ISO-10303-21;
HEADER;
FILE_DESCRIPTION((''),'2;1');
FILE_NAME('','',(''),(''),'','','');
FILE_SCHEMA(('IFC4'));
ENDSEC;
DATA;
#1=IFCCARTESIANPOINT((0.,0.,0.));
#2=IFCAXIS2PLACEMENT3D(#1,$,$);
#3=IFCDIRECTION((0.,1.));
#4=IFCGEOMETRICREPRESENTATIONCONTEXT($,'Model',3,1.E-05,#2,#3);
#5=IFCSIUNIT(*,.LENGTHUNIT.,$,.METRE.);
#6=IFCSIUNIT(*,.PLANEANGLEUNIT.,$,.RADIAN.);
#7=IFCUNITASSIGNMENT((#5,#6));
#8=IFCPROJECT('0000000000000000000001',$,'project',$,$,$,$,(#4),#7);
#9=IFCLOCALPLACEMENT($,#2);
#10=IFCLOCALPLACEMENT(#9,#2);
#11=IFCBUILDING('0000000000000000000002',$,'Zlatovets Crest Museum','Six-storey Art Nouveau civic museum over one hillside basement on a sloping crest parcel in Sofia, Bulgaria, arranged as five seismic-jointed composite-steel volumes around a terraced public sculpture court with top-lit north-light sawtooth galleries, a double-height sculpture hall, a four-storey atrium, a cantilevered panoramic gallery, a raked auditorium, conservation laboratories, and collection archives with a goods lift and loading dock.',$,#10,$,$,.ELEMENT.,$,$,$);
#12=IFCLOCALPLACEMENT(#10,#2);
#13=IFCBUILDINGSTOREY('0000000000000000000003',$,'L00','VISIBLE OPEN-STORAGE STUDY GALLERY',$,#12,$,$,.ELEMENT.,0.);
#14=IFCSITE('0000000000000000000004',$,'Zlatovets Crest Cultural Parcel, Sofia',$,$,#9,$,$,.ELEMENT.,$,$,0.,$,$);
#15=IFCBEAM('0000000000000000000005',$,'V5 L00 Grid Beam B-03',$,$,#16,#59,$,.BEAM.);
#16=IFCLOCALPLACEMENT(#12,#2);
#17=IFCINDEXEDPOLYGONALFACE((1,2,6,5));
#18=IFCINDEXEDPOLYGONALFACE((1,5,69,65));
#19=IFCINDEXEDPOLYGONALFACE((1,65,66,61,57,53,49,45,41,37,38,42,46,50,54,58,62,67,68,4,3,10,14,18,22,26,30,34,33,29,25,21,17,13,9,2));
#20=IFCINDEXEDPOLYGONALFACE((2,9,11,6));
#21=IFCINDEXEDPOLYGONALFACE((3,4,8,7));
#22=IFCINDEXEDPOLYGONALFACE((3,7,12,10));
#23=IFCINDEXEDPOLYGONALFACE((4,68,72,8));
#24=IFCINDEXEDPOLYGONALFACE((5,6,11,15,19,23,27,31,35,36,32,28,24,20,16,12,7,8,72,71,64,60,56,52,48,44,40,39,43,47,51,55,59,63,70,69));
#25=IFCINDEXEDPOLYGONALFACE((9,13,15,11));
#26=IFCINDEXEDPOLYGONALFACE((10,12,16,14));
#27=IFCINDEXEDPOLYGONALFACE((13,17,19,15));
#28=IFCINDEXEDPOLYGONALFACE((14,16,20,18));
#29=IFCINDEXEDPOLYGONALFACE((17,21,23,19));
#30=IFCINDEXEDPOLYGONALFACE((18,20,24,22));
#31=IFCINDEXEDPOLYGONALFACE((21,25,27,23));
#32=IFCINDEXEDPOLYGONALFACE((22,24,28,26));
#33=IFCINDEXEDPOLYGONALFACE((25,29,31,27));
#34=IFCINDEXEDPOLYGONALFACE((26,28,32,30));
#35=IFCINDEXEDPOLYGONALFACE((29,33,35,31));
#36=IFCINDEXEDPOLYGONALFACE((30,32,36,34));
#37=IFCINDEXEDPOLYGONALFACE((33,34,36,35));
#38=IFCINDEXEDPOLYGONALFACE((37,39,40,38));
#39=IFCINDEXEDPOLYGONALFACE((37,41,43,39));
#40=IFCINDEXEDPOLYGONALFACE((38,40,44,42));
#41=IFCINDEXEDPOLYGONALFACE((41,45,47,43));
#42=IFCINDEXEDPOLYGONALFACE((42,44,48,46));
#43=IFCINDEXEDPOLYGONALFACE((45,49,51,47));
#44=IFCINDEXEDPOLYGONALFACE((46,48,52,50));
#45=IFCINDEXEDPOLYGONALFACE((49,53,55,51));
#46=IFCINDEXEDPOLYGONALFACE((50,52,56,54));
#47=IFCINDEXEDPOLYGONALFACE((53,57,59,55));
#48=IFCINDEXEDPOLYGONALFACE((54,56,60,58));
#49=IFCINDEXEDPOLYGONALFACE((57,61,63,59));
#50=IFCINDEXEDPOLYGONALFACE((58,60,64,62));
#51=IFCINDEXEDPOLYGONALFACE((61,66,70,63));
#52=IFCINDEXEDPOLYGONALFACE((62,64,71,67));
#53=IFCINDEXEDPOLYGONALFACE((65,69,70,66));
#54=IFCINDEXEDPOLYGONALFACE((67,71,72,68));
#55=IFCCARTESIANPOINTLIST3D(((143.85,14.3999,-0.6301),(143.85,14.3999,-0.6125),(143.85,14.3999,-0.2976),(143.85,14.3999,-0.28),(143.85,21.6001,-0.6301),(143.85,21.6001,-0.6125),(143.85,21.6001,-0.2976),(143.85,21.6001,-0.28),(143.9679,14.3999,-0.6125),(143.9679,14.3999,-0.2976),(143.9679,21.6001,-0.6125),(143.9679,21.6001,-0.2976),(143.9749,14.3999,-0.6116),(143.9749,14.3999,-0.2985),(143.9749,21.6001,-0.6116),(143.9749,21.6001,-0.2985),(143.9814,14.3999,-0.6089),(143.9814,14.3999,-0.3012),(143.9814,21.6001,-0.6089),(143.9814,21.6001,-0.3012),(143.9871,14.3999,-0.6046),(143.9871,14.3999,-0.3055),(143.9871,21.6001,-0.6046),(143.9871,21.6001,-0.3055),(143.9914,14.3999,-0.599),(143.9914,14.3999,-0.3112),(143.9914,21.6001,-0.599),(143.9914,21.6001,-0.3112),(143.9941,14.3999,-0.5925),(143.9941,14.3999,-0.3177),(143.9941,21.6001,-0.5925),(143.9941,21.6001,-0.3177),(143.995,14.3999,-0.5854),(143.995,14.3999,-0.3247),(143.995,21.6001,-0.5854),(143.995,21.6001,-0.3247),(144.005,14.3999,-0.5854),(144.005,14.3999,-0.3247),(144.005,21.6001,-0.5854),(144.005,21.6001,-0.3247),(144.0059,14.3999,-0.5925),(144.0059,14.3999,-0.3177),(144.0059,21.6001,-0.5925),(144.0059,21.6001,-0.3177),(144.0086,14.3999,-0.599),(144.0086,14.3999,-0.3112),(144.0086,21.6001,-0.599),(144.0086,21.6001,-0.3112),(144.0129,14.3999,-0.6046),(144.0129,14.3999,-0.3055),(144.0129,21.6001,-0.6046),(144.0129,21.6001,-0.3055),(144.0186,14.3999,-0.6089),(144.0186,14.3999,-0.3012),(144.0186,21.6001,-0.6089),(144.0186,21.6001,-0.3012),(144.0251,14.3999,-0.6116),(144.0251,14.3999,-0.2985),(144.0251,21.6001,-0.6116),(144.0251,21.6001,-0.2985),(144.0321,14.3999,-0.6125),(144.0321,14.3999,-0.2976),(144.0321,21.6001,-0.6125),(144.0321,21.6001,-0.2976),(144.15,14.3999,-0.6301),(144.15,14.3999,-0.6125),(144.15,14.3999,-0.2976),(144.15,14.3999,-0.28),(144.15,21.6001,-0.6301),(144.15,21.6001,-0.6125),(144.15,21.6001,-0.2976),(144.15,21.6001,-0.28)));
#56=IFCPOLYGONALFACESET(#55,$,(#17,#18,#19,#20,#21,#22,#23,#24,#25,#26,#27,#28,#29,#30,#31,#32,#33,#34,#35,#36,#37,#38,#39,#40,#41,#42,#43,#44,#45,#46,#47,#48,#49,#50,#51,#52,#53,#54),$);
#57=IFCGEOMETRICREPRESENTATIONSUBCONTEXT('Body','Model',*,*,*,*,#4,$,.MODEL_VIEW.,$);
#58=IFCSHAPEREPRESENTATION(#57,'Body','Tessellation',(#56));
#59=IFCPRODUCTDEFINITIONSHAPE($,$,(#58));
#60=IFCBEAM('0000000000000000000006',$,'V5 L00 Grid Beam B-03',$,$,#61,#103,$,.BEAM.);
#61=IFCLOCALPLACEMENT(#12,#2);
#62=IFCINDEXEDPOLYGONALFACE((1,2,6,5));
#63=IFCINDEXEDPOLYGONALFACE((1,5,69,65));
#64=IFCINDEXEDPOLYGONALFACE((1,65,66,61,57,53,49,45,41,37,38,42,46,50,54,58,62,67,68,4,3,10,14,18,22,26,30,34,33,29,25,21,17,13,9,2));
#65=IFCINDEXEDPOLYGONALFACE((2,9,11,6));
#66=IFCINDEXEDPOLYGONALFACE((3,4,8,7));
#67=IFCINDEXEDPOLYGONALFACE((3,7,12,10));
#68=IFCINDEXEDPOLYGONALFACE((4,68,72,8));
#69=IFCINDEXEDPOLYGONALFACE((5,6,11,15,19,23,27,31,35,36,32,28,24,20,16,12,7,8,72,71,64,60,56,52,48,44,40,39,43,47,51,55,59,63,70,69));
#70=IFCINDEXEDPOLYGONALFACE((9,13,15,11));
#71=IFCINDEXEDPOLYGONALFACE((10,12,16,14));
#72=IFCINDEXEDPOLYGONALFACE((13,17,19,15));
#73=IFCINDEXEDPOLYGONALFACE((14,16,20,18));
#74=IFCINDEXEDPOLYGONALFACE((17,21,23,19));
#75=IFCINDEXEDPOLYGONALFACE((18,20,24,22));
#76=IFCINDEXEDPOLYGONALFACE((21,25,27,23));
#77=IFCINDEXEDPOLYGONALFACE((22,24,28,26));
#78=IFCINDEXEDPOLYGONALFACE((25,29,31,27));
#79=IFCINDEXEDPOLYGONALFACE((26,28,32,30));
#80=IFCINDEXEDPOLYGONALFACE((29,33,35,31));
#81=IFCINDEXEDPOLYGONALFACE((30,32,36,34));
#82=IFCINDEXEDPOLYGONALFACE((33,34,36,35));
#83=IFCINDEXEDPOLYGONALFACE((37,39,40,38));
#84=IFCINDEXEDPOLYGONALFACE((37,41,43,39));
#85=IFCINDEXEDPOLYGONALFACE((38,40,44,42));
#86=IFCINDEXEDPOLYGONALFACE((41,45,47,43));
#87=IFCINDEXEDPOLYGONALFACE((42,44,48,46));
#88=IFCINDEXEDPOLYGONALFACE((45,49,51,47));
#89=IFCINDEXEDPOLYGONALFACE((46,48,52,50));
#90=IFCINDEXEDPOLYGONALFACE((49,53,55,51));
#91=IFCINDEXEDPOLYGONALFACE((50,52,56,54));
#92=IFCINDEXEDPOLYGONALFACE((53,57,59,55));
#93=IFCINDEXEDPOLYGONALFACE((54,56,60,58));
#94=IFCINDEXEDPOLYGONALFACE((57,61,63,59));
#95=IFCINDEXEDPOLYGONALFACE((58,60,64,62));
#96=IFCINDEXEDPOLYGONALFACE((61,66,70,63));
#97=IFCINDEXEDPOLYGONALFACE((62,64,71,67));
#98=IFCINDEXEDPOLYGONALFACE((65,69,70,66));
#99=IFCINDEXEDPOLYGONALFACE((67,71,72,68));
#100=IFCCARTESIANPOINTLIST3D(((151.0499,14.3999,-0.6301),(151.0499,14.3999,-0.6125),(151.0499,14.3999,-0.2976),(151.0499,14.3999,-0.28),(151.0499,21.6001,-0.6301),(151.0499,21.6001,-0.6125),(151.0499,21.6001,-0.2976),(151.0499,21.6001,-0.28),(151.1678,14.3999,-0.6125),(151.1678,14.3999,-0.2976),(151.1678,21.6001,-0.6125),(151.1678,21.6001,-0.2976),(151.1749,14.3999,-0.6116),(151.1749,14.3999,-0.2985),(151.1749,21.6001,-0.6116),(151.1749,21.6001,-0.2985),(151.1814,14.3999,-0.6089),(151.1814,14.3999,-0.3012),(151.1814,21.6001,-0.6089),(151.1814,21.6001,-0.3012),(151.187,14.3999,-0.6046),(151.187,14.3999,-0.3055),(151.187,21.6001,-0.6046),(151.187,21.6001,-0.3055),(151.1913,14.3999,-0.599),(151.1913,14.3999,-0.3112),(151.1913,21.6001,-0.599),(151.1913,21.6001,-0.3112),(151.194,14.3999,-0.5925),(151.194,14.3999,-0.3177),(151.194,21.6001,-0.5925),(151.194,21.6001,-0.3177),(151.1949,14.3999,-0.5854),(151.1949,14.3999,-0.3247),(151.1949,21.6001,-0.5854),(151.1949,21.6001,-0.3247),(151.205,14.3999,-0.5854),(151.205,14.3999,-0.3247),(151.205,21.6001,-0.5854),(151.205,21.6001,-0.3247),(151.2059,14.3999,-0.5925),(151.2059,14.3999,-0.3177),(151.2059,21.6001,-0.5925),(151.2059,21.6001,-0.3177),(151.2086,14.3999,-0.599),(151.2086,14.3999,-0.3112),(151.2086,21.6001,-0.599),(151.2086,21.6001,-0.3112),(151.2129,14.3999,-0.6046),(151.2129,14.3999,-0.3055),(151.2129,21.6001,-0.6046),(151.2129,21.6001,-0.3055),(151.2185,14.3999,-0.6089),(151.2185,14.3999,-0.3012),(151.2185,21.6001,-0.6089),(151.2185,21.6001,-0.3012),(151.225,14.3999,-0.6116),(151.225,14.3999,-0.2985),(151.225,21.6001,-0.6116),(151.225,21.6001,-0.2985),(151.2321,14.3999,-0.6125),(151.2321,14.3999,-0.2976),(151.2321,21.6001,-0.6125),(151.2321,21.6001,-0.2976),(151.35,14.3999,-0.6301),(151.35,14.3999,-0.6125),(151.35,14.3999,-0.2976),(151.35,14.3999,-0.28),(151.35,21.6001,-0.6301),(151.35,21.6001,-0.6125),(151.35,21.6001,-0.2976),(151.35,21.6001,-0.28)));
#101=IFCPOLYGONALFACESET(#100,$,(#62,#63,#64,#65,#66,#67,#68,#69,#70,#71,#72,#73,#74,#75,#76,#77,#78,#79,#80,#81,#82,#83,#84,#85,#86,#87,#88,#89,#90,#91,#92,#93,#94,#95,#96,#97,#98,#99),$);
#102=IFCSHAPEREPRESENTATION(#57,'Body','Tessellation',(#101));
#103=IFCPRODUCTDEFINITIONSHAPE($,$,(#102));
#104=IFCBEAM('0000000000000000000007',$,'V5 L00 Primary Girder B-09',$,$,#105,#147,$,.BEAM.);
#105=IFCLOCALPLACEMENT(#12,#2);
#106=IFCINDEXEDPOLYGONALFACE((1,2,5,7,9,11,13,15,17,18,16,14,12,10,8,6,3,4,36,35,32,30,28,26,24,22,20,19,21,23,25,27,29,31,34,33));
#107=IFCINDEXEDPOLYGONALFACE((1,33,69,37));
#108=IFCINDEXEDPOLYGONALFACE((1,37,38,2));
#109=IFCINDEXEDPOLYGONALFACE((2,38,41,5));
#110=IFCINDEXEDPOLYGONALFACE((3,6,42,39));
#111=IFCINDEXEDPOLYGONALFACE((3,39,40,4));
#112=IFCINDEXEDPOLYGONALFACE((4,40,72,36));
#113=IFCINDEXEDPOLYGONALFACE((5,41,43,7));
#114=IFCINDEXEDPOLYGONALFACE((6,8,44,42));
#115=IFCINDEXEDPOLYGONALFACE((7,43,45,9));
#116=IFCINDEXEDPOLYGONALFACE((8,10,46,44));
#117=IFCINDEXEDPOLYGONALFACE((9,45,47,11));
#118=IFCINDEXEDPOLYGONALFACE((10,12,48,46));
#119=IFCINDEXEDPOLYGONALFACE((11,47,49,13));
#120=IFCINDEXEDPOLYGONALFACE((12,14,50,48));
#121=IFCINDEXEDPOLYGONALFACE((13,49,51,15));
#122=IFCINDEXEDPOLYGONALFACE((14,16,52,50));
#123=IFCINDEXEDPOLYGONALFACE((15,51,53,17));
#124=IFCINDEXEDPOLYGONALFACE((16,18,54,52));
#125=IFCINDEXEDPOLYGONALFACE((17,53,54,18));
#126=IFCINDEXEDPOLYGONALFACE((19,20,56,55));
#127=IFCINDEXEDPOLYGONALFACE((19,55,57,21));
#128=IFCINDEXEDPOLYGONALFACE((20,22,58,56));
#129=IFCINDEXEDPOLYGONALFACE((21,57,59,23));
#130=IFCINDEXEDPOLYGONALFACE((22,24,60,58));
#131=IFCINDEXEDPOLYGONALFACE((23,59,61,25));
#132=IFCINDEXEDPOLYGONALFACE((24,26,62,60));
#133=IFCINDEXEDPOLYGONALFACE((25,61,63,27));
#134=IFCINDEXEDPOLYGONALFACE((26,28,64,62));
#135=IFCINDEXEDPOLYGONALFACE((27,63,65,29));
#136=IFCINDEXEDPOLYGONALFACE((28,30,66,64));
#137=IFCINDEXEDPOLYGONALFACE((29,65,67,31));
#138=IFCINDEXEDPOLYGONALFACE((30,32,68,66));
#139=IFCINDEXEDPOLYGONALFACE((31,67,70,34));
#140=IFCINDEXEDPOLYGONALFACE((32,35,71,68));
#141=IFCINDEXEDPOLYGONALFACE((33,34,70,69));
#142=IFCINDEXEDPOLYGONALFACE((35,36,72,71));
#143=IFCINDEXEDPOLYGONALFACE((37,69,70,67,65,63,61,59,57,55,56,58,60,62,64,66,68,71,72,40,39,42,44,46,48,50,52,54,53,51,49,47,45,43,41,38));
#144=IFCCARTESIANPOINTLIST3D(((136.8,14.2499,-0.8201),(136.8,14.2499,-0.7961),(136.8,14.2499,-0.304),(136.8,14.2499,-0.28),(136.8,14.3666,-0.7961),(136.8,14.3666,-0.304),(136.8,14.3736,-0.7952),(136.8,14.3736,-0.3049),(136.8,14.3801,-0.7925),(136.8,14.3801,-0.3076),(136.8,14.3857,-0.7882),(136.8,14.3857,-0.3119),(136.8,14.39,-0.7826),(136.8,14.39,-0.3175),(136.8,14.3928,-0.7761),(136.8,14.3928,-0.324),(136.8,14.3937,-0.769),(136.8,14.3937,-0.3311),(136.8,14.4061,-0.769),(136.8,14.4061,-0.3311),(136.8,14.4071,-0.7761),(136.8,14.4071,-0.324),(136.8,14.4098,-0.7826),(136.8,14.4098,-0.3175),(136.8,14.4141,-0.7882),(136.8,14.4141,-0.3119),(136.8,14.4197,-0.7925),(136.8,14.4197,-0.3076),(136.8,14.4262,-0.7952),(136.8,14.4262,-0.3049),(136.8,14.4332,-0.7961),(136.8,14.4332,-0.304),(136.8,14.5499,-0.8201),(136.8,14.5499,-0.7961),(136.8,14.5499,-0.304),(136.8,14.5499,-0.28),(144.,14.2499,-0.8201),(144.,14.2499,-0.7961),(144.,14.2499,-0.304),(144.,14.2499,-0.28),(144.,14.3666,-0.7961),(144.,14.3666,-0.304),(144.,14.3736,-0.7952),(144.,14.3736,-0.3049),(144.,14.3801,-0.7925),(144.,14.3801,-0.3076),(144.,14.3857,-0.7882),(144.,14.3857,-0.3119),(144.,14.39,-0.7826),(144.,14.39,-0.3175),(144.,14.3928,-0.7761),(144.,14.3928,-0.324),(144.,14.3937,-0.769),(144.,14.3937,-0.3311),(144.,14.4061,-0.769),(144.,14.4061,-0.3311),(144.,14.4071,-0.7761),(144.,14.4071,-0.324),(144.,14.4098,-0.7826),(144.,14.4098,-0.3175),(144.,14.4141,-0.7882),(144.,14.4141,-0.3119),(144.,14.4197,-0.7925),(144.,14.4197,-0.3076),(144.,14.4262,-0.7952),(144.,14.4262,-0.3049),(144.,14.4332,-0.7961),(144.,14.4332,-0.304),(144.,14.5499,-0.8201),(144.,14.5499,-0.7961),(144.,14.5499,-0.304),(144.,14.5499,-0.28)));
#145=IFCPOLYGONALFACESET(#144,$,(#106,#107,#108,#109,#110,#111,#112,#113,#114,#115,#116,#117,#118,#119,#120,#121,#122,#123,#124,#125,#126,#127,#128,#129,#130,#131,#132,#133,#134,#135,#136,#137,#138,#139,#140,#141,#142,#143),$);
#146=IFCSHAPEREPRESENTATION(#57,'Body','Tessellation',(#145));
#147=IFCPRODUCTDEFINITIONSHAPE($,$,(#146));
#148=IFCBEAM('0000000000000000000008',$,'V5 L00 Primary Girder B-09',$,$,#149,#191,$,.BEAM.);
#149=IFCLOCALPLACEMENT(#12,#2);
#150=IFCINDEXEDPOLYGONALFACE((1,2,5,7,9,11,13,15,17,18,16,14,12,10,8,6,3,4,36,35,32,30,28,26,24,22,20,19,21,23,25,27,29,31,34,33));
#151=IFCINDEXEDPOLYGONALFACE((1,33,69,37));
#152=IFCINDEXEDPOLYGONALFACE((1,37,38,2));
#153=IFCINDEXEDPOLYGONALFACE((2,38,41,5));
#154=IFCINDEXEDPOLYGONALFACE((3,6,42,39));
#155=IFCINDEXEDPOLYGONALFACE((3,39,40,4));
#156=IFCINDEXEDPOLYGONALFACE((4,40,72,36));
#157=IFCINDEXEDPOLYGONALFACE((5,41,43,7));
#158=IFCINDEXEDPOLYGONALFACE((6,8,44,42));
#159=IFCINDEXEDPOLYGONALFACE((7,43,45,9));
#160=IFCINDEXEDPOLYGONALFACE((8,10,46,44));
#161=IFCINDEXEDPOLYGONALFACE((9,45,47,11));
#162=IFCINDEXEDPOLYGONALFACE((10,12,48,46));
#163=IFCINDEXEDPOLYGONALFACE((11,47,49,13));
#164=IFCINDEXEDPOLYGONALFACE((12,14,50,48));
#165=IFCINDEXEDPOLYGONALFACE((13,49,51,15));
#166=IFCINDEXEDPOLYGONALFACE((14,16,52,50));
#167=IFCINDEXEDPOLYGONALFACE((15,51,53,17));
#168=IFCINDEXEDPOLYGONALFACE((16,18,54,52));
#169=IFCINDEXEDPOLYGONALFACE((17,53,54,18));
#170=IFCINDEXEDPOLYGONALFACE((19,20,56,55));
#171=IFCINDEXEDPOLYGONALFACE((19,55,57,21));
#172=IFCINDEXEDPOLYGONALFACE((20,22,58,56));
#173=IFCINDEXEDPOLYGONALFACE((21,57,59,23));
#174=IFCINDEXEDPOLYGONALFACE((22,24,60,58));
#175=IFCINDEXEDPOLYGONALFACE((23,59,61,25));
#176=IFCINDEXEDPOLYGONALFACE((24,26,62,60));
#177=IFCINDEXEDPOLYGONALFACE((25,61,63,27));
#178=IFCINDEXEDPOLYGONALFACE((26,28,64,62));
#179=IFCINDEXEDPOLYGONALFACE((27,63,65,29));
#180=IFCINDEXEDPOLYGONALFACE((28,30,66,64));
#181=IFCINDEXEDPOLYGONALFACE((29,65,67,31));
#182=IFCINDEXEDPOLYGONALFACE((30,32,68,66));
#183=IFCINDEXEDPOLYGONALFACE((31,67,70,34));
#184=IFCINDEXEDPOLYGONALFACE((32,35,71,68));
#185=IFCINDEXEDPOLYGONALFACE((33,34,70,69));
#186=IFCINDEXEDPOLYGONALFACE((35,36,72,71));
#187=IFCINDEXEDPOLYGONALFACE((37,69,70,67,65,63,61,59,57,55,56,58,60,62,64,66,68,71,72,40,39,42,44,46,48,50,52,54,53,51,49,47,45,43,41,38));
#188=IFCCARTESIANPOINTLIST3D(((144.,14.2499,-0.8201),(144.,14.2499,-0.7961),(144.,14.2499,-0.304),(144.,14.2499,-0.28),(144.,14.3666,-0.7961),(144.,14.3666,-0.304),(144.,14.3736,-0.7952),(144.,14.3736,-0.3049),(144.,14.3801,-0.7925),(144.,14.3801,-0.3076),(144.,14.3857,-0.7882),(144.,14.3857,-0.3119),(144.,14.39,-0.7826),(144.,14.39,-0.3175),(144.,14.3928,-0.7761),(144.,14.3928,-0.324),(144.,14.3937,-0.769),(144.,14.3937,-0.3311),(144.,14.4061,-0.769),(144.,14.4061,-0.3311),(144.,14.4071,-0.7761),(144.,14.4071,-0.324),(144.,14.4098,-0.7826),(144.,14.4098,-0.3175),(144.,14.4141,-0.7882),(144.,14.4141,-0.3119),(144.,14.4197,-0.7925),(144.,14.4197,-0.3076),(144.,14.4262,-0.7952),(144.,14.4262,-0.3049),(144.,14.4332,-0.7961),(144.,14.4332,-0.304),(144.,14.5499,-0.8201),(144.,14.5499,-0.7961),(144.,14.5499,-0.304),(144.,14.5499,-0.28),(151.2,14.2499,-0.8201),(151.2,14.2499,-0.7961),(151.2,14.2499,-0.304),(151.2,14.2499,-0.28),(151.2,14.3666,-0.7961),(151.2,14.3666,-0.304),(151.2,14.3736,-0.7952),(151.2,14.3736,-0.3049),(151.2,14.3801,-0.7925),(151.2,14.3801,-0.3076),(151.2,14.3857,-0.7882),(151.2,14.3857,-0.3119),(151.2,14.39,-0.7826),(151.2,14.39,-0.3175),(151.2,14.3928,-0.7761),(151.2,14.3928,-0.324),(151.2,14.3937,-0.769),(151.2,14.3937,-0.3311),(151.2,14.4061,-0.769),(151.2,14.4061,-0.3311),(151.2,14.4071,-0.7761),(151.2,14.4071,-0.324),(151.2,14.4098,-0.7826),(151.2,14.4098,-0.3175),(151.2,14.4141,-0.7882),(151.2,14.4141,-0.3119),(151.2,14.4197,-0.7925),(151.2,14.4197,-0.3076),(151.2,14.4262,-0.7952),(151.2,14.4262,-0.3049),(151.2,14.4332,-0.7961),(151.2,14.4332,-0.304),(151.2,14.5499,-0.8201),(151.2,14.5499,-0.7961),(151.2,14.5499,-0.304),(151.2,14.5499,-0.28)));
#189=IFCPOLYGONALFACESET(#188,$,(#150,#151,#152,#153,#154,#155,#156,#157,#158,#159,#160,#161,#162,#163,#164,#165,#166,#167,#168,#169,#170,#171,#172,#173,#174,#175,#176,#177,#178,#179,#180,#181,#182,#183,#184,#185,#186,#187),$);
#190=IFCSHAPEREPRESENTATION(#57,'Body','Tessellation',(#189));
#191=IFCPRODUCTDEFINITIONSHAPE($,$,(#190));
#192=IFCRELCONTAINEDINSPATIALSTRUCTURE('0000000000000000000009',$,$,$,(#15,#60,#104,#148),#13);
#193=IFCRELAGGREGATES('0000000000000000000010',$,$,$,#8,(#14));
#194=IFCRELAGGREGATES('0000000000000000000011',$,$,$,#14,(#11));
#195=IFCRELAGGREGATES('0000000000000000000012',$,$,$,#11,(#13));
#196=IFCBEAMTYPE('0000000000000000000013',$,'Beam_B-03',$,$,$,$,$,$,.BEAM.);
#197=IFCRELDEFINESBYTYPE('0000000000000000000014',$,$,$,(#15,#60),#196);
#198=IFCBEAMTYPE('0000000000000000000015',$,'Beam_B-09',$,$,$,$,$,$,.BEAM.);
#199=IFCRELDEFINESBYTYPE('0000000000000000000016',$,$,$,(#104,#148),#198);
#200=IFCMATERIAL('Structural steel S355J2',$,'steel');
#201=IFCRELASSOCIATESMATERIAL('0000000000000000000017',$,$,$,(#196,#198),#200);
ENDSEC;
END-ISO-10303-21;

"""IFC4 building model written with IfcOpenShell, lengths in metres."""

from ifc_helpers import new_model, si_unit, direction, frame, origin, origin_2d, place, context, subcontext, project, spatial, i_section, extrude, material, material_profile, profile_set, type_object, element, save


model = new_model("IFC4")

# Units and contexts
model_context = context("Model", 3, precision=1e-05, world=origin(), true_north=direction((0.0, 1.0)))
body_context = subcontext(model_context, "Body", "Model", "MODEL_VIEW")
ifc_project = project(units=[si_unit("LENGTHUNIT", "METRE"), si_unit("PLANEANGLEUNIT", "RADIAN")], contexts=[model_context])

# Site, building, storey
site_placement = place(None, origin())
site = spatial("IfcSite", under=ifc_project, at=site_placement, Name="Zlatovets Crest Cultural Parcel, Sofia", CompositionType="ELEMENT", RefElevation=0.0)
building_placement = place(site_placement, origin())
building = spatial("IfcBuilding", under=site, at=building_placement, Name="Zlatovets Crest Museum", Description="Six-storey Art Nouveau civic museum over one hillside basement on a sloping crest parcel in Sofia, Bulgaria, arranged as five seismic-jointed composite-steel volumes around a terraced public sculpture court with top-lit north-light sawtooth galleries, a double-height sculpture hall, a four-storey atrium, a cantilevered panoramic gallery, a raked auditorium, conservation laboratories, and collection archives with a goods lift and loading dock.", CompositionType="ELEMENT")
storey_placement = place(building_placement, origin())
storey = spatial("IfcBuildingStorey", under=building, at=storey_placement, Name="L00", Description="VISIBLE OPEN-STORAGE STUDY GALLERY", CompositionType="ELEMENT", Elevation=0.0)

# Shared definitions
ifc_material_1 = material(Name="Structural steel S355J2", Category="steel")

# Beams
ifc_material_profile_1 = material_profile(ifc_material_1, i_section(OverallWidth=0.3, OverallDepth=0.3501, WebThickness=0.01, FlangeThickness=0.0176, FilletRadius=0.0271, at=origin_2d()), Name="HEA 360")
ifc_profile_set_1 = profile_set([ifc_material_profile_1], Name="Structural steel S355J2")
beam_type_1 = type_object("IfcBeamType", Name="Beam_B-03", PredefinedType="BEAM", material=ifc_profile_set_1)
for number, where, z_axis, x_axis, name in (
    (1, (144.0, 14.3999, -0.4551), (0.0, 1.0, 0.0), (-1.0, 0.0, 0.0), "V5 L00 Grid Beam B-03"),
    (2, (151.2, 14.3999, -0.4551), (0.0, 1.0, 0.0), (-1.0, 0.0, 0.0), "V5 L00 Grid Beam B-03"),
):
    element("IfcBeam", number, at=place(storey_placement, frame(where, z_axis=z_axis, x_axis=x_axis)), inside=storey, type_object=beam_type_1, Name=name, PredefinedType="BEAM", context=body_context, shape_type="SweptSolid", body=[
        extrude(i_section(OverallWidth=0.3, OverallDepth=0.3501, WebThickness=0.01, FlangeThickness=0.0176, FilletRadius=0.0271, at=origin_2d()), origin(), (0.0, 0.0, 1.0), 7.2002),
    ])
ifc_material_profile_2 = material_profile(ifc_material_1, i_section(OverallWidth=0.3, OverallDepth=0.54, WebThickness=0.0125, FlangeThickness=0.0239, FilletRadius=0.0271, at=origin_2d()), Name="HEA 550")
ifc_profile_set_2 = profile_set([ifc_material_profile_2], Name="Structural steel S355J2")
beam_type_2 = type_object("IfcBeamType", Name="Beam_B-09", PredefinedType="BEAM", material=ifc_profile_set_2)
for number, where, z_axis, x_axis, name in (
    (3, (136.8, 14.3999, -0.55), (1.0, 0.0, 0.0), (0.0, 1.0, 0.0), "V5 L00 Primary Girder B-09"),
    (4, (144.0, 14.3999, -0.55), (1.0, 0.0, 0.0), (0.0, 1.0, 0.0), "V5 L00 Primary Girder B-09"),
):
    element("IfcBeam", number, at=place(storey_placement, frame(where, z_axis=z_axis, x_axis=x_axis)), inside=storey, type_object=beam_type_2, Name=name, PredefinedType="BEAM", context=body_context, shape_type="SweptSolid", body=[
        extrude(i_section(OverallWidth=0.3, OverallDepth=0.54, WebThickness=0.0125, FlangeThickness=0.0239, FilletRadius=0.0271, at=origin_2d()), origin(), (0.0, 0.0, 1.0), 7.2),
    ])

save(model, "model.ifc")
